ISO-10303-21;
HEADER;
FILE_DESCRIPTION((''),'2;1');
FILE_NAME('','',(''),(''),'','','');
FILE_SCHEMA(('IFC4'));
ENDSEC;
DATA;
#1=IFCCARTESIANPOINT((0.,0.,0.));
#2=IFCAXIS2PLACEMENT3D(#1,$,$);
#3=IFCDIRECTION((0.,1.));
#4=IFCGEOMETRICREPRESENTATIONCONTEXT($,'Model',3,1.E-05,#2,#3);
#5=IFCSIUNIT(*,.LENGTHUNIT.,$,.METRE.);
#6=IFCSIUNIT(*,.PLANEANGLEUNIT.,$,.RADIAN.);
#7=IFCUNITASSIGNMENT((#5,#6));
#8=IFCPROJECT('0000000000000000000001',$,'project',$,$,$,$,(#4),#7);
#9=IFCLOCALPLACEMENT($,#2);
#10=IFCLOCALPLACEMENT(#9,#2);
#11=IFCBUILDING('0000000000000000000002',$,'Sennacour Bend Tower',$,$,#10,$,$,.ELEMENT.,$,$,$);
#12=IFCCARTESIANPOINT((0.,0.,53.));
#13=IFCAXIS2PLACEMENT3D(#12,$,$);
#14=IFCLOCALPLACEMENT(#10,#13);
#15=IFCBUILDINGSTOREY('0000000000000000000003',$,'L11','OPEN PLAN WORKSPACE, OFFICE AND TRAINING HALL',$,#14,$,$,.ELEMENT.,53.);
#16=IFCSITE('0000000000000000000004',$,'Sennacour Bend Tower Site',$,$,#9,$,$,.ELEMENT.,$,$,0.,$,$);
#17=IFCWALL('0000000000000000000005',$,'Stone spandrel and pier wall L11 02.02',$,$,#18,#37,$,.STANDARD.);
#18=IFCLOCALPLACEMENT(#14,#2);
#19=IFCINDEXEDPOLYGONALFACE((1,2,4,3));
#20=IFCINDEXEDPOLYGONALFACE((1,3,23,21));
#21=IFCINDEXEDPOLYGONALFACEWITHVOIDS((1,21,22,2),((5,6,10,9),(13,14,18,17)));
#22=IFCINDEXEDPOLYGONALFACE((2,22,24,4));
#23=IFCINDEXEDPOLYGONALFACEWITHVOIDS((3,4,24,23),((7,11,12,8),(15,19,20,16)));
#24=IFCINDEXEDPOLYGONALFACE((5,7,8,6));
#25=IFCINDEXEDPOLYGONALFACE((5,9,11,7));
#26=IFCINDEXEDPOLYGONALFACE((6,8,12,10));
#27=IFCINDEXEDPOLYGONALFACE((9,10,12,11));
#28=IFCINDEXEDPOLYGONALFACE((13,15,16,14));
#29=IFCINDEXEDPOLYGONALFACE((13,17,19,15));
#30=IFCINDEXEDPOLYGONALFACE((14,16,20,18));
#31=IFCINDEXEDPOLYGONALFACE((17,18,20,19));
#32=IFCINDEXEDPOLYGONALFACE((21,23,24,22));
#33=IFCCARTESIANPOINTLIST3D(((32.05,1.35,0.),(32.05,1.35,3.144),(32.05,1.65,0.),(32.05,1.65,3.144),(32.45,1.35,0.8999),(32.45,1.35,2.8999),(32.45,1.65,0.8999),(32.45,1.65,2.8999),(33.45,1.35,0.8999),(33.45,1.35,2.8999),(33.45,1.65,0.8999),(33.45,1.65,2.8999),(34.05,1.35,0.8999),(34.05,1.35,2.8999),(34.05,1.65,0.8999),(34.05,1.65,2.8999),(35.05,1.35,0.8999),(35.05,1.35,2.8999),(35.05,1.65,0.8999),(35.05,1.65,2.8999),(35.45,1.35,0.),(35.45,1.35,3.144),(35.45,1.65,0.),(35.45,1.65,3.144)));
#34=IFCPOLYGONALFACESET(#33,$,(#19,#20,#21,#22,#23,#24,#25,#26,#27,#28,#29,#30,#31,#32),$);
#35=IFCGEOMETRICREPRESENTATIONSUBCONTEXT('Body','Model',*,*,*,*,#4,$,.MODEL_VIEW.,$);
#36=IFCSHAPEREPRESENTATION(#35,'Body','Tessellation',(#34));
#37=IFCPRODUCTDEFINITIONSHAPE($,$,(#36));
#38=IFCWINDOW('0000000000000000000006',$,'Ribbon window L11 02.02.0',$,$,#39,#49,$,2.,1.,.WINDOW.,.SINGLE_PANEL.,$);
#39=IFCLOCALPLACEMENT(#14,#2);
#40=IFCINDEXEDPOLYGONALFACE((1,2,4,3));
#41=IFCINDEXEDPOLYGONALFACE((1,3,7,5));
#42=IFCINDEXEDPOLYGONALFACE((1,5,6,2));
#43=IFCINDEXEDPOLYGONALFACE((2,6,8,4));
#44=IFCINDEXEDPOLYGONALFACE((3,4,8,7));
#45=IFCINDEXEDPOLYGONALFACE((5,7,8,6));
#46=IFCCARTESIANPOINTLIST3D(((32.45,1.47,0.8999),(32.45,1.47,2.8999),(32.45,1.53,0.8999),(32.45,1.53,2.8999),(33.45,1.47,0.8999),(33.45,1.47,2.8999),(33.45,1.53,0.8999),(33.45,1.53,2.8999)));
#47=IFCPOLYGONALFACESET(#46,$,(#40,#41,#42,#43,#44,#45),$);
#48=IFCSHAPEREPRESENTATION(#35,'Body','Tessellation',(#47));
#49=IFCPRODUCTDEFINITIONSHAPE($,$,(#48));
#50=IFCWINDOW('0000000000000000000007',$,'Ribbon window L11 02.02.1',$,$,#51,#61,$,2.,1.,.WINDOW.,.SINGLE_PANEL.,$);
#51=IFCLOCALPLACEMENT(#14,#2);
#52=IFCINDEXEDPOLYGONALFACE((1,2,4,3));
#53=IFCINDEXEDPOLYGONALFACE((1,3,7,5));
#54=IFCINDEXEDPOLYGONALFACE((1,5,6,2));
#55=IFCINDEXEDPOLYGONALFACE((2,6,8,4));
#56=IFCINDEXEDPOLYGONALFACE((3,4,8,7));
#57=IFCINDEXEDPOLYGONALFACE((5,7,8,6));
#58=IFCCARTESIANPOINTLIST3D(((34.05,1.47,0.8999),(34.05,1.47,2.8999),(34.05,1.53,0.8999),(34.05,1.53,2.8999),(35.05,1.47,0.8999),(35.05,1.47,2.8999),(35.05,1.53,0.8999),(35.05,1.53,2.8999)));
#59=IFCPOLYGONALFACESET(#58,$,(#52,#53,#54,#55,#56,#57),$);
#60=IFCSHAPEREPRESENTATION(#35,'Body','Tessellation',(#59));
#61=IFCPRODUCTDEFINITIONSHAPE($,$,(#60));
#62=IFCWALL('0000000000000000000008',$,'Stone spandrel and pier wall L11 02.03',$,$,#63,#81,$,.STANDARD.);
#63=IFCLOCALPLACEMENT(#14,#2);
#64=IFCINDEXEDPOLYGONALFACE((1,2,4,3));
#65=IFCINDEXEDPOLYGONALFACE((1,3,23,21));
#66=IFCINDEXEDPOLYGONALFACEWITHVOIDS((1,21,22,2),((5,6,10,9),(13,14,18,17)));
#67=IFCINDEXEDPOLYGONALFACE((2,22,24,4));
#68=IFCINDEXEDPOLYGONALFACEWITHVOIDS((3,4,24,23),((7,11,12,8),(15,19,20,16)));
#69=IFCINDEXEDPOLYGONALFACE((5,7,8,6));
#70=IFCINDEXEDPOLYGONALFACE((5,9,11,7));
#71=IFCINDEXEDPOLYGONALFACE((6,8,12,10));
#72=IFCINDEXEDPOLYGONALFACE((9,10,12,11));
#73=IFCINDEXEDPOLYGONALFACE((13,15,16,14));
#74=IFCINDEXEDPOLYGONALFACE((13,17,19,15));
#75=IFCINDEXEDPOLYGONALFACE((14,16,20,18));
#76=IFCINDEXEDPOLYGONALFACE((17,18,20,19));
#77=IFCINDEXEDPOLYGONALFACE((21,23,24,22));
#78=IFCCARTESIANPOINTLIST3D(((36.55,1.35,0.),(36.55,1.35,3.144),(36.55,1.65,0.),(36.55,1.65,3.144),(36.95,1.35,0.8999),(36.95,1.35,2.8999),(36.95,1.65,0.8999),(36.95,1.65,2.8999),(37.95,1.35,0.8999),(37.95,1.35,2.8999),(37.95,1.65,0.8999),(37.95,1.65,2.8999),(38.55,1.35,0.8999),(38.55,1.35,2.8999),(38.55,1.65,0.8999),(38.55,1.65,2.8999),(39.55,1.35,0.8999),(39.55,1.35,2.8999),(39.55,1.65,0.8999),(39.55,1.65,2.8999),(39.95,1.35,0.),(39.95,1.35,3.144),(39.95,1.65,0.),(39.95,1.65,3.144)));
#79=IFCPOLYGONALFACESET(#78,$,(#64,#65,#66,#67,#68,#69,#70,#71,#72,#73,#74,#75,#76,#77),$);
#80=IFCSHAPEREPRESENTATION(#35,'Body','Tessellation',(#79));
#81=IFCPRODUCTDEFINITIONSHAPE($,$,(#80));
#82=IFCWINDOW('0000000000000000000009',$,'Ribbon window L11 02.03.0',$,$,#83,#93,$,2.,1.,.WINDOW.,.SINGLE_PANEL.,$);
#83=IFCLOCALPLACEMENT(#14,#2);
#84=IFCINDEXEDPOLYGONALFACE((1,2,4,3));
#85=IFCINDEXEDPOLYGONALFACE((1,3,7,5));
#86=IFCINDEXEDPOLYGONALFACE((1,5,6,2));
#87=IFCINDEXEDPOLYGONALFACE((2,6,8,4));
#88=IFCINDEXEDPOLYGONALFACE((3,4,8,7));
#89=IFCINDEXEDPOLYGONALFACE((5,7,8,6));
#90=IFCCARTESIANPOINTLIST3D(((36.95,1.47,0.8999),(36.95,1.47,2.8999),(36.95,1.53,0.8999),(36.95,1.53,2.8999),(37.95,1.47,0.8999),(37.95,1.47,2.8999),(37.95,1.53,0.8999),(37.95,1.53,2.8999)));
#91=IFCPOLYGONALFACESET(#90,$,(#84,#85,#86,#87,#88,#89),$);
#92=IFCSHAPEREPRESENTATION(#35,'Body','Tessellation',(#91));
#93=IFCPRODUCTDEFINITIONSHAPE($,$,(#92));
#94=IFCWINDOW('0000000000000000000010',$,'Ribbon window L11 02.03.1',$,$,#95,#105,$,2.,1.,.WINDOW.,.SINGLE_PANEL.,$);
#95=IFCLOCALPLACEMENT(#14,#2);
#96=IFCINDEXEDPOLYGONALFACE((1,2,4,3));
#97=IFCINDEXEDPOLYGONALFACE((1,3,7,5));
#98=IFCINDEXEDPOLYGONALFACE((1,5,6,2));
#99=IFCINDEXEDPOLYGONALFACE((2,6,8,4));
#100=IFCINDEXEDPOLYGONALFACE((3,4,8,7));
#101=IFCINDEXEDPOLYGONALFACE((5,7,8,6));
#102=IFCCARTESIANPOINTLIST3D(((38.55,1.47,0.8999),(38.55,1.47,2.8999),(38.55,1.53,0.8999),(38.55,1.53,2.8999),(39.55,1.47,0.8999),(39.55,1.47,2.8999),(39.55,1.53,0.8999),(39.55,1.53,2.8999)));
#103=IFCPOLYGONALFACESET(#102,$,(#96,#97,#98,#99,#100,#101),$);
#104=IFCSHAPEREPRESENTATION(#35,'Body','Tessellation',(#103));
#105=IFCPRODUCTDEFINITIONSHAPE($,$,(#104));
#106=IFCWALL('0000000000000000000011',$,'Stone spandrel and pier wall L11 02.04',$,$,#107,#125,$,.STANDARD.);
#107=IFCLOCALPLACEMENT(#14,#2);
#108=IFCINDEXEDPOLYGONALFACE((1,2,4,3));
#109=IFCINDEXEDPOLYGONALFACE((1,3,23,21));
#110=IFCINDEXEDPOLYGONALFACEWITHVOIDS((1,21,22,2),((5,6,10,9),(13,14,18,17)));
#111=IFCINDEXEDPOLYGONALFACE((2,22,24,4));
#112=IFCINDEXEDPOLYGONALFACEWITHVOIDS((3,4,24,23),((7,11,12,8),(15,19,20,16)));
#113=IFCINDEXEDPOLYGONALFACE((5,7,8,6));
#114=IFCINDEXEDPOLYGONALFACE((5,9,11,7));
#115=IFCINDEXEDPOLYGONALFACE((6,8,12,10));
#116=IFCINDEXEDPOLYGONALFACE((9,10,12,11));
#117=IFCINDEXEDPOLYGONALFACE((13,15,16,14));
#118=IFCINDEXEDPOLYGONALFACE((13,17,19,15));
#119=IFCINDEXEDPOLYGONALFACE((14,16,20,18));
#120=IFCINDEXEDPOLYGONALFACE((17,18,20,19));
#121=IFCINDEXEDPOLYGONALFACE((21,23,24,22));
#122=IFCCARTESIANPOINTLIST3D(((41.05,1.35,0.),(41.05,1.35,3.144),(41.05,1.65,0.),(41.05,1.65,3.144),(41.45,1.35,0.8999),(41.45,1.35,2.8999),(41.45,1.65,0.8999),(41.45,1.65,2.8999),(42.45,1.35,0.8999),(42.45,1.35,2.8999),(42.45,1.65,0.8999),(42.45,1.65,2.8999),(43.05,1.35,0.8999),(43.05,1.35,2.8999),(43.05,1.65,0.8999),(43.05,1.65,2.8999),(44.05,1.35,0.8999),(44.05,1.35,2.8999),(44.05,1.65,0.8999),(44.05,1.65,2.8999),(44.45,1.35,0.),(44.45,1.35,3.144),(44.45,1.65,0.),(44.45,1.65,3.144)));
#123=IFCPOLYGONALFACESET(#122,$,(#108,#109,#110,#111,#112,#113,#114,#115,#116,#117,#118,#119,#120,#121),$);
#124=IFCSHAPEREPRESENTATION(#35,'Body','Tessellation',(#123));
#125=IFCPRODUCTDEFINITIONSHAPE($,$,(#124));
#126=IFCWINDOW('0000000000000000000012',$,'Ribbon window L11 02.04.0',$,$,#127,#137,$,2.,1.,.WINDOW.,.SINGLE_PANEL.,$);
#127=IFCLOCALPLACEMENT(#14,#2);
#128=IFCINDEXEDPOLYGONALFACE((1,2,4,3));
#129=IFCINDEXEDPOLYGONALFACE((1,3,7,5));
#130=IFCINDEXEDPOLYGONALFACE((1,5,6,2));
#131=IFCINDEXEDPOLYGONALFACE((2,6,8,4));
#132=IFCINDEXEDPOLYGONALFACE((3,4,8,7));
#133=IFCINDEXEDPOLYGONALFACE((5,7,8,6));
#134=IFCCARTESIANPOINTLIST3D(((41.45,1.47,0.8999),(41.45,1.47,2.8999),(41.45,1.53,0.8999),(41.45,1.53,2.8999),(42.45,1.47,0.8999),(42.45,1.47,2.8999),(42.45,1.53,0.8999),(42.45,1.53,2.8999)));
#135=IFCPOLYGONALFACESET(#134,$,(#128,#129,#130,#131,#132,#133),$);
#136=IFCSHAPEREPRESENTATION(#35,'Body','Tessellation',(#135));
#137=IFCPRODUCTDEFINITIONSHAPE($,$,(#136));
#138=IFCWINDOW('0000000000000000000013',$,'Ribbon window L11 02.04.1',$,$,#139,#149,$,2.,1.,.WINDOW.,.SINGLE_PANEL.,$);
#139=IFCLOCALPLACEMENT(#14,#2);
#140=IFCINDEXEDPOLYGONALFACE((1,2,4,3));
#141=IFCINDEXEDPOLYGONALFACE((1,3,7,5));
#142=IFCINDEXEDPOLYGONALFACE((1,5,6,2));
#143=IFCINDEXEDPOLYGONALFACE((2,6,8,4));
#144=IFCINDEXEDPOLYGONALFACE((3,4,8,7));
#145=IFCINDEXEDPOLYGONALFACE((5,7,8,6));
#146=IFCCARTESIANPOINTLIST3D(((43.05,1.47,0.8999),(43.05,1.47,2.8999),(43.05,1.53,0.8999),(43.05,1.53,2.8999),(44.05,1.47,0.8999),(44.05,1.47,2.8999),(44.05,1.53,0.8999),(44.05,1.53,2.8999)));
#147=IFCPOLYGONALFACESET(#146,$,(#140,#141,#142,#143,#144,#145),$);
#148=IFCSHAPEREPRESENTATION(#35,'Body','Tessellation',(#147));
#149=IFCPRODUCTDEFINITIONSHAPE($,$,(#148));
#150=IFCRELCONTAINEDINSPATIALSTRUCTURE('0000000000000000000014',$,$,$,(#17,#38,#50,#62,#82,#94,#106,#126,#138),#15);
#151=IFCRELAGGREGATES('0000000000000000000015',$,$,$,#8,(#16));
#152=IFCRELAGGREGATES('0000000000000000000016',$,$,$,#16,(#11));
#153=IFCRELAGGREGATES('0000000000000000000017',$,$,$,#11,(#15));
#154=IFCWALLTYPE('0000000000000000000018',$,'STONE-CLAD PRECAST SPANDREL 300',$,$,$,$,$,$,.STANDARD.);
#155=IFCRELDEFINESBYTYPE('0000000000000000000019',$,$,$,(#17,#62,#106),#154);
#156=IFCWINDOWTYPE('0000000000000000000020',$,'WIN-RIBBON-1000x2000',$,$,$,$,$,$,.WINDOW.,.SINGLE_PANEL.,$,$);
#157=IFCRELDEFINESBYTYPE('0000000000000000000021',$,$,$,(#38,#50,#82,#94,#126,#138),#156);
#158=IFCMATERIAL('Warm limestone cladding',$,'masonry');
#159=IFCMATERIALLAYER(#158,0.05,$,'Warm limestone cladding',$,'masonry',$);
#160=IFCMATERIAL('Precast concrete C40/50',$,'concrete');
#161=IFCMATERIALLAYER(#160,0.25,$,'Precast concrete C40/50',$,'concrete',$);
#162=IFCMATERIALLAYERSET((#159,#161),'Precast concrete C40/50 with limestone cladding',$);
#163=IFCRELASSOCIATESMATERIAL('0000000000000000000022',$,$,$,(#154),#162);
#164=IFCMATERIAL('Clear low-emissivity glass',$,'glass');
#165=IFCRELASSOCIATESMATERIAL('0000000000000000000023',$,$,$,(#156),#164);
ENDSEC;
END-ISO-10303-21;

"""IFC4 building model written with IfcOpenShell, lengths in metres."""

from ifc_helpers import new_model, si_unit, direction, frame, frame_2d, origin, place, context, subcontext, project, spatial, rectangle, extrude, material, layer, layer_set, type_object, element, fill, save


model = new_model("IFC4")

# Units and contexts
model_context = context("Model", 3, precision=1e-05, world=origin(), true_north=direction((0.0, 1.0)))
body_context = subcontext(model_context, "Body", "Model", "MODEL_VIEW")
ifc_project = project(units=[si_unit("LENGTHUNIT", "METRE"), si_unit("PLANEANGLEUNIT", "RADIAN")], contexts=[model_context])

# Site, building, storey
site_placement = place(None, origin())
site = spatial("IfcSite", under=ifc_project, at=site_placement, Name="Sennacour Bend Tower Site", CompositionType="ELEMENT", RefElevation=0.0)
building_placement = place(site_placement, origin())
building = spatial("IfcBuilding", under=site, at=building_placement, Name="Sennacour Bend Tower", CompositionType="ELEMENT")
storey_placement = place(building_placement, frame((0.0, 0.0, 53.0)))
storey = spatial("IfcBuildingStorey", under=building, at=storey_placement, Name="L11", Description="OPEN PLAN WORKSPACE, OFFICE AND TRAINING HALL", CompositionType="ELEMENT", Elevation=53.0)

# Walls, openings, windows
ifc_material_1 = material(Name="Warm limestone cladding", Category="masonry")
ifc_layer_1 = layer(ifc_material_1, 0.05, Name="Warm limestone cladding", Category="masonry")
ifc_material_2 = material(Name="Precast concrete C40/50", Category="concrete")
ifc_layer_2 = layer(ifc_material_2, 0.25, Name="Precast concrete C40/50", Category="concrete")
ifc_layer_set_1 = layer_set([ifc_layer_1, ifc_layer_2], Name="Precast concrete C40/50 with limestone cladding")
wall_type_1 = type_object("IfcWallType", Name="STONE-CLAD PRECAST SPANDREL 300", PredefinedType="STANDARD", material=ifc_layer_set_1)
wall_1_placement = place(storey_placement, frame((32.05, 1.5, 0.0), z_axis=(0.0, 0.0, 1.0), x_axis=(1.0, 0.0, 0.0)))
wall_1 = element("IfcWall", 1, at=wall_1_placement, inside=storey, type_object=wall_type_1, Name="Stone spandrel and pier wall L11 02.02", PredefinedType="STANDARD", context=body_context, shape_type="SweptSolid", body=[
    extrude(rectangle(XDim=3.3999, YDim=0.3, at=frame_2d((1.7, 0.0))), origin(), (0.0, 0.0, 1.0), 3.144),
])
opening_1_placement = place(wall_1_placement, frame((0.3999, 0.0, 0.8999)))
opening_1 = element("IfcOpeningElement", 2, at=opening_1_placement, cuts=wall_1, PredefinedType="OPENING", context=body_context, shape_type="SweptSolid", body=[
    extrude(rectangle(XDim=1.0, YDim=2.0, at=frame_2d((0.5, 1.0))), frame((0.0, 0.1602, 0.0), z_axis=(0.0, -1.0, 0.0), x_axis=(1.0, 0.0, 0.0)), (0.0, 0.0, 1.0), 0.3201),
])
opening_2_placement = place(wall_1_placement, frame((2.0, 0.0, 0.8999)))
opening_2 = element("IfcOpeningElement", 3, at=opening_2_placement, cuts=wall_1, PredefinedType="OPENING", context=body_context, shape_type="SweptSolid", body=[
    extrude(rectangle(XDim=1.0, YDim=2.0, at=frame_2d((0.5, 1.0))), frame((0.0, 0.1602, 0.0), z_axis=(0.0, -1.0, 0.0), x_axis=(1.0, 0.0, 0.0)), (0.0, 0.0, 1.0), 0.3201),
])
ifc_material_3 = material(Name="Clear low-emissivity glass", Category="glass")
window_type = type_object("IfcWindowType", Name="WIN-RIBBON-1000x2000", PartitioningType="SINGLE_PANEL", PredefinedType="WINDOW", material=ifc_material_3)
window_1_placement = place(opening_1_placement, origin())
window_1 = element("IfcWindow", 4, at=window_1_placement, inside=storey, type_object=window_type, Name="Ribbon window L11 02.02.0", OverallHeight=2.0, OverallWidth=1.0, PartitioningType="SINGLE_PANEL", PredefinedType="WINDOW", context=body_context, shape_type="SweptSolid", body=[
    extrude(rectangle(XDim=1.0, YDim=2.0, at=frame_2d((0.5, 1.0))), frame((0.0, 0.03, 0.0), z_axis=(0.0, -1.0, 0.0), x_axis=(1.0, 0.0, 0.0)), (0.0, 0.0, 1.0), 0.0601),
])
fill(opening_1, window_1)
window_2_placement = place(opening_2_placement, origin())
window_2 = element("IfcWindow", 5, at=window_2_placement, inside=storey, type_object=window_type, Name="Ribbon window L11 02.02.1", OverallHeight=2.0, OverallWidth=1.0, PartitioningType="SINGLE_PANEL", PredefinedType="WINDOW", context=body_context, shape_type="SweptSolid", body=[
    extrude(rectangle(XDim=1.0, YDim=2.0, at=frame_2d((0.5, 1.0))), frame((0.0, 0.03, 0.0), z_axis=(0.0, -1.0, 0.0), x_axis=(1.0, 0.0, 0.0)), (0.0, 0.0, 1.0), 0.0601),
])
fill(opening_2, window_2)
wall_2_placement = place(storey_placement, frame((36.55, 1.5, 0.0), z_axis=(0.0, 0.0, 1.0), x_axis=(1.0, 0.0, 0.0)))
wall_2 = element("IfcWall", 6, at=wall_2_placement, inside=storey, type_object=wall_type_1, Name="Stone spandrel and pier wall L11 02.03", PredefinedType="STANDARD", context=body_context, shape_type="SweptSolid", body=[
    extrude(rectangle(XDim=3.3999, YDim=0.3, at=frame_2d((1.7, 0.0))), origin(), (0.0, 0.0, 1.0), 3.144),
])
opening_3_placement = place(wall_2_placement, frame((0.3999, 0.0, 0.8999)))
opening_3 = element("IfcOpeningElement", 7, at=opening_3_placement, cuts=wall_2, PredefinedType="OPENING", context=body_context, shape_type="SweptSolid", body=[
    extrude(rectangle(XDim=1.0, YDim=2.0, at=frame_2d((0.5, 1.0))), frame((0.0, 0.1602, 0.0), z_axis=(0.0, -1.0, 0.0), x_axis=(1.0, 0.0, 0.0)), (0.0, 0.0, 1.0), 0.3201),
])
opening_4_placement = place(wall_2_placement, frame((2.0, 0.0, 0.8999)))
opening_4 = element("IfcOpeningElement", 8, at=opening_4_placement, cuts=wall_2, PredefinedType="OPENING", context=body_context, shape_type="SweptSolid", body=[
    extrude(rectangle(XDim=1.0, YDim=2.0, at=frame_2d((0.5, 1.0))), frame((0.0, 0.1602, 0.0), z_axis=(0.0, -1.0, 0.0), x_axis=(1.0, 0.0, 0.0)), (0.0, 0.0, 1.0), 0.3201),
])
window_3_placement = place(opening_3_placement, origin())
window_3 = element("IfcWindow", 9, at=window_3_placement, inside=storey, type_object=window_type, Name="Ribbon window L11 02.03.0", OverallHeight=2.0, OverallWidth=1.0, PartitioningType="SINGLE_PANEL", PredefinedType="WINDOW", context=body_context, shape_type="SweptSolid", body=[
    extrude(rectangle(XDim=1.0, YDim=2.0, at=frame_2d((0.5, 1.0))), frame((0.0, 0.03, 0.0), z_axis=(0.0, -1.0, 0.0), x_axis=(1.0, 0.0, 0.0)), (0.0, 0.0, 1.0), 0.0601),
])
fill(opening_3, window_3)
window_4_placement = place(opening_4_placement, origin())
window_4 = element("IfcWindow", 10, at=window_4_placement, inside=storey, type_object=window_type, Name="Ribbon window L11 02.03.1", OverallHeight=2.0, OverallWidth=1.0, PartitioningType="SINGLE_PANEL", PredefinedType="WINDOW", context=body_context, shape_type="SweptSolid", body=[
    extrude(rectangle(XDim=1.0, YDim=2.0, at=frame_2d((0.5, 1.0))), frame((0.0, 0.03, 0.0), z_axis=(0.0, -1.0, 0.0), x_axis=(1.0, 0.0, 0.0)), (0.0, 0.0, 1.0), 0.0601),
])
fill(opening_4, window_4)
wall_3_placement = place(storey_placement, frame((41.05, 1.5, 0.0), z_axis=(0.0, 0.0, 1.0), x_axis=(1.0, 0.0, 0.0)))
wall_3 = element("IfcWall", 11, at=wall_3_placement, inside=storey, type_object=wall_type_1, Name="Stone spandrel and pier wall L11 02.04", PredefinedType="STANDARD", context=body_context, shape_type="SweptSolid", body=[
    extrude(rectangle(XDim=3.3999, YDim=0.3, at=frame_2d((1.7, 0.0))), origin(), (0.0, 0.0, 1.0), 3.144),
])
opening_5_placement = place(wall_3_placement, frame((0.3999, 0.0, 0.8999)))
opening_5 = element("IfcOpeningElement", 12, at=opening_5_placement, cuts=wall_3, PredefinedType="OPENING", context=body_context, shape_type="SweptSolid", body=[
    extrude(rectangle(XDim=1.0, YDim=2.0, at=frame_2d((0.5, 1.0))), frame((0.0, 0.1602, 0.0), z_axis=(0.0, -1.0, 0.0), x_axis=(1.0, 0.0, 0.0)), (0.0, 0.0, 1.0), 0.3201),
])
opening_6_placement = place(wall_3_placement, frame((2.0, 0.0, 0.8999)))
opening_6 = element("IfcOpeningElement", 13, at=opening_6_placement, cuts=wall_3, PredefinedType="OPENING", context=body_context, shape_type="SweptSolid", body=[
    extrude(rectangle(XDim=1.0, YDim=2.0, at=frame_2d((0.5, 1.0))), frame((0.0, 0.1602, 0.0), z_axis=(0.0, -1.0, 0.0), x_axis=(1.0, 0.0, 0.0)), (0.0, 0.0, 1.0), 0.3201),
])
window_5_placement = place(opening_5_placement, origin())
window_5 = element("IfcWindow", 14, at=window_5_placement, inside=storey, type_object=window_type, Name="Ribbon window L11 02.04.0", OverallHeight=2.0, OverallWidth=1.0, PartitioningType="SINGLE_PANEL", PredefinedType="WINDOW", context=body_context, shape_type="SweptSolid", body=[
    extrude(rectangle(XDim=1.0, YDim=2.0, at=frame_2d((0.5, 1.0))), frame((0.0, 0.03, 0.0), z_axis=(0.0, -1.0, 0.0), x_axis=(1.0, 0.0, 0.0)), (0.0, 0.0, 1.0), 0.0601),
])
fill(opening_5, window_5)
window_6_placement = place(opening_6_placement, origin())
window_6 = element("IfcWindow", 15, at=window_6_placement, inside=storey, type_object=window_type, Name="Ribbon window L11 02.04.1", OverallHeight=2.0, OverallWidth=1.0, PartitioningType="SINGLE_PANEL", PredefinedType="WINDOW", context=body_context, shape_type="SweptSolid", body=[
    extrude(rectangle(XDim=1.0, YDim=2.0, at=frame_2d((0.5, 1.0))), frame((0.0, 0.03, 0.0), z_axis=(0.0, -1.0, 0.0), x_axis=(1.0, 0.0, 0.0)), (0.0, 0.0, 1.0), 0.0601),
])
fill(opening_6, window_6)

save(model, "model.ifc")
